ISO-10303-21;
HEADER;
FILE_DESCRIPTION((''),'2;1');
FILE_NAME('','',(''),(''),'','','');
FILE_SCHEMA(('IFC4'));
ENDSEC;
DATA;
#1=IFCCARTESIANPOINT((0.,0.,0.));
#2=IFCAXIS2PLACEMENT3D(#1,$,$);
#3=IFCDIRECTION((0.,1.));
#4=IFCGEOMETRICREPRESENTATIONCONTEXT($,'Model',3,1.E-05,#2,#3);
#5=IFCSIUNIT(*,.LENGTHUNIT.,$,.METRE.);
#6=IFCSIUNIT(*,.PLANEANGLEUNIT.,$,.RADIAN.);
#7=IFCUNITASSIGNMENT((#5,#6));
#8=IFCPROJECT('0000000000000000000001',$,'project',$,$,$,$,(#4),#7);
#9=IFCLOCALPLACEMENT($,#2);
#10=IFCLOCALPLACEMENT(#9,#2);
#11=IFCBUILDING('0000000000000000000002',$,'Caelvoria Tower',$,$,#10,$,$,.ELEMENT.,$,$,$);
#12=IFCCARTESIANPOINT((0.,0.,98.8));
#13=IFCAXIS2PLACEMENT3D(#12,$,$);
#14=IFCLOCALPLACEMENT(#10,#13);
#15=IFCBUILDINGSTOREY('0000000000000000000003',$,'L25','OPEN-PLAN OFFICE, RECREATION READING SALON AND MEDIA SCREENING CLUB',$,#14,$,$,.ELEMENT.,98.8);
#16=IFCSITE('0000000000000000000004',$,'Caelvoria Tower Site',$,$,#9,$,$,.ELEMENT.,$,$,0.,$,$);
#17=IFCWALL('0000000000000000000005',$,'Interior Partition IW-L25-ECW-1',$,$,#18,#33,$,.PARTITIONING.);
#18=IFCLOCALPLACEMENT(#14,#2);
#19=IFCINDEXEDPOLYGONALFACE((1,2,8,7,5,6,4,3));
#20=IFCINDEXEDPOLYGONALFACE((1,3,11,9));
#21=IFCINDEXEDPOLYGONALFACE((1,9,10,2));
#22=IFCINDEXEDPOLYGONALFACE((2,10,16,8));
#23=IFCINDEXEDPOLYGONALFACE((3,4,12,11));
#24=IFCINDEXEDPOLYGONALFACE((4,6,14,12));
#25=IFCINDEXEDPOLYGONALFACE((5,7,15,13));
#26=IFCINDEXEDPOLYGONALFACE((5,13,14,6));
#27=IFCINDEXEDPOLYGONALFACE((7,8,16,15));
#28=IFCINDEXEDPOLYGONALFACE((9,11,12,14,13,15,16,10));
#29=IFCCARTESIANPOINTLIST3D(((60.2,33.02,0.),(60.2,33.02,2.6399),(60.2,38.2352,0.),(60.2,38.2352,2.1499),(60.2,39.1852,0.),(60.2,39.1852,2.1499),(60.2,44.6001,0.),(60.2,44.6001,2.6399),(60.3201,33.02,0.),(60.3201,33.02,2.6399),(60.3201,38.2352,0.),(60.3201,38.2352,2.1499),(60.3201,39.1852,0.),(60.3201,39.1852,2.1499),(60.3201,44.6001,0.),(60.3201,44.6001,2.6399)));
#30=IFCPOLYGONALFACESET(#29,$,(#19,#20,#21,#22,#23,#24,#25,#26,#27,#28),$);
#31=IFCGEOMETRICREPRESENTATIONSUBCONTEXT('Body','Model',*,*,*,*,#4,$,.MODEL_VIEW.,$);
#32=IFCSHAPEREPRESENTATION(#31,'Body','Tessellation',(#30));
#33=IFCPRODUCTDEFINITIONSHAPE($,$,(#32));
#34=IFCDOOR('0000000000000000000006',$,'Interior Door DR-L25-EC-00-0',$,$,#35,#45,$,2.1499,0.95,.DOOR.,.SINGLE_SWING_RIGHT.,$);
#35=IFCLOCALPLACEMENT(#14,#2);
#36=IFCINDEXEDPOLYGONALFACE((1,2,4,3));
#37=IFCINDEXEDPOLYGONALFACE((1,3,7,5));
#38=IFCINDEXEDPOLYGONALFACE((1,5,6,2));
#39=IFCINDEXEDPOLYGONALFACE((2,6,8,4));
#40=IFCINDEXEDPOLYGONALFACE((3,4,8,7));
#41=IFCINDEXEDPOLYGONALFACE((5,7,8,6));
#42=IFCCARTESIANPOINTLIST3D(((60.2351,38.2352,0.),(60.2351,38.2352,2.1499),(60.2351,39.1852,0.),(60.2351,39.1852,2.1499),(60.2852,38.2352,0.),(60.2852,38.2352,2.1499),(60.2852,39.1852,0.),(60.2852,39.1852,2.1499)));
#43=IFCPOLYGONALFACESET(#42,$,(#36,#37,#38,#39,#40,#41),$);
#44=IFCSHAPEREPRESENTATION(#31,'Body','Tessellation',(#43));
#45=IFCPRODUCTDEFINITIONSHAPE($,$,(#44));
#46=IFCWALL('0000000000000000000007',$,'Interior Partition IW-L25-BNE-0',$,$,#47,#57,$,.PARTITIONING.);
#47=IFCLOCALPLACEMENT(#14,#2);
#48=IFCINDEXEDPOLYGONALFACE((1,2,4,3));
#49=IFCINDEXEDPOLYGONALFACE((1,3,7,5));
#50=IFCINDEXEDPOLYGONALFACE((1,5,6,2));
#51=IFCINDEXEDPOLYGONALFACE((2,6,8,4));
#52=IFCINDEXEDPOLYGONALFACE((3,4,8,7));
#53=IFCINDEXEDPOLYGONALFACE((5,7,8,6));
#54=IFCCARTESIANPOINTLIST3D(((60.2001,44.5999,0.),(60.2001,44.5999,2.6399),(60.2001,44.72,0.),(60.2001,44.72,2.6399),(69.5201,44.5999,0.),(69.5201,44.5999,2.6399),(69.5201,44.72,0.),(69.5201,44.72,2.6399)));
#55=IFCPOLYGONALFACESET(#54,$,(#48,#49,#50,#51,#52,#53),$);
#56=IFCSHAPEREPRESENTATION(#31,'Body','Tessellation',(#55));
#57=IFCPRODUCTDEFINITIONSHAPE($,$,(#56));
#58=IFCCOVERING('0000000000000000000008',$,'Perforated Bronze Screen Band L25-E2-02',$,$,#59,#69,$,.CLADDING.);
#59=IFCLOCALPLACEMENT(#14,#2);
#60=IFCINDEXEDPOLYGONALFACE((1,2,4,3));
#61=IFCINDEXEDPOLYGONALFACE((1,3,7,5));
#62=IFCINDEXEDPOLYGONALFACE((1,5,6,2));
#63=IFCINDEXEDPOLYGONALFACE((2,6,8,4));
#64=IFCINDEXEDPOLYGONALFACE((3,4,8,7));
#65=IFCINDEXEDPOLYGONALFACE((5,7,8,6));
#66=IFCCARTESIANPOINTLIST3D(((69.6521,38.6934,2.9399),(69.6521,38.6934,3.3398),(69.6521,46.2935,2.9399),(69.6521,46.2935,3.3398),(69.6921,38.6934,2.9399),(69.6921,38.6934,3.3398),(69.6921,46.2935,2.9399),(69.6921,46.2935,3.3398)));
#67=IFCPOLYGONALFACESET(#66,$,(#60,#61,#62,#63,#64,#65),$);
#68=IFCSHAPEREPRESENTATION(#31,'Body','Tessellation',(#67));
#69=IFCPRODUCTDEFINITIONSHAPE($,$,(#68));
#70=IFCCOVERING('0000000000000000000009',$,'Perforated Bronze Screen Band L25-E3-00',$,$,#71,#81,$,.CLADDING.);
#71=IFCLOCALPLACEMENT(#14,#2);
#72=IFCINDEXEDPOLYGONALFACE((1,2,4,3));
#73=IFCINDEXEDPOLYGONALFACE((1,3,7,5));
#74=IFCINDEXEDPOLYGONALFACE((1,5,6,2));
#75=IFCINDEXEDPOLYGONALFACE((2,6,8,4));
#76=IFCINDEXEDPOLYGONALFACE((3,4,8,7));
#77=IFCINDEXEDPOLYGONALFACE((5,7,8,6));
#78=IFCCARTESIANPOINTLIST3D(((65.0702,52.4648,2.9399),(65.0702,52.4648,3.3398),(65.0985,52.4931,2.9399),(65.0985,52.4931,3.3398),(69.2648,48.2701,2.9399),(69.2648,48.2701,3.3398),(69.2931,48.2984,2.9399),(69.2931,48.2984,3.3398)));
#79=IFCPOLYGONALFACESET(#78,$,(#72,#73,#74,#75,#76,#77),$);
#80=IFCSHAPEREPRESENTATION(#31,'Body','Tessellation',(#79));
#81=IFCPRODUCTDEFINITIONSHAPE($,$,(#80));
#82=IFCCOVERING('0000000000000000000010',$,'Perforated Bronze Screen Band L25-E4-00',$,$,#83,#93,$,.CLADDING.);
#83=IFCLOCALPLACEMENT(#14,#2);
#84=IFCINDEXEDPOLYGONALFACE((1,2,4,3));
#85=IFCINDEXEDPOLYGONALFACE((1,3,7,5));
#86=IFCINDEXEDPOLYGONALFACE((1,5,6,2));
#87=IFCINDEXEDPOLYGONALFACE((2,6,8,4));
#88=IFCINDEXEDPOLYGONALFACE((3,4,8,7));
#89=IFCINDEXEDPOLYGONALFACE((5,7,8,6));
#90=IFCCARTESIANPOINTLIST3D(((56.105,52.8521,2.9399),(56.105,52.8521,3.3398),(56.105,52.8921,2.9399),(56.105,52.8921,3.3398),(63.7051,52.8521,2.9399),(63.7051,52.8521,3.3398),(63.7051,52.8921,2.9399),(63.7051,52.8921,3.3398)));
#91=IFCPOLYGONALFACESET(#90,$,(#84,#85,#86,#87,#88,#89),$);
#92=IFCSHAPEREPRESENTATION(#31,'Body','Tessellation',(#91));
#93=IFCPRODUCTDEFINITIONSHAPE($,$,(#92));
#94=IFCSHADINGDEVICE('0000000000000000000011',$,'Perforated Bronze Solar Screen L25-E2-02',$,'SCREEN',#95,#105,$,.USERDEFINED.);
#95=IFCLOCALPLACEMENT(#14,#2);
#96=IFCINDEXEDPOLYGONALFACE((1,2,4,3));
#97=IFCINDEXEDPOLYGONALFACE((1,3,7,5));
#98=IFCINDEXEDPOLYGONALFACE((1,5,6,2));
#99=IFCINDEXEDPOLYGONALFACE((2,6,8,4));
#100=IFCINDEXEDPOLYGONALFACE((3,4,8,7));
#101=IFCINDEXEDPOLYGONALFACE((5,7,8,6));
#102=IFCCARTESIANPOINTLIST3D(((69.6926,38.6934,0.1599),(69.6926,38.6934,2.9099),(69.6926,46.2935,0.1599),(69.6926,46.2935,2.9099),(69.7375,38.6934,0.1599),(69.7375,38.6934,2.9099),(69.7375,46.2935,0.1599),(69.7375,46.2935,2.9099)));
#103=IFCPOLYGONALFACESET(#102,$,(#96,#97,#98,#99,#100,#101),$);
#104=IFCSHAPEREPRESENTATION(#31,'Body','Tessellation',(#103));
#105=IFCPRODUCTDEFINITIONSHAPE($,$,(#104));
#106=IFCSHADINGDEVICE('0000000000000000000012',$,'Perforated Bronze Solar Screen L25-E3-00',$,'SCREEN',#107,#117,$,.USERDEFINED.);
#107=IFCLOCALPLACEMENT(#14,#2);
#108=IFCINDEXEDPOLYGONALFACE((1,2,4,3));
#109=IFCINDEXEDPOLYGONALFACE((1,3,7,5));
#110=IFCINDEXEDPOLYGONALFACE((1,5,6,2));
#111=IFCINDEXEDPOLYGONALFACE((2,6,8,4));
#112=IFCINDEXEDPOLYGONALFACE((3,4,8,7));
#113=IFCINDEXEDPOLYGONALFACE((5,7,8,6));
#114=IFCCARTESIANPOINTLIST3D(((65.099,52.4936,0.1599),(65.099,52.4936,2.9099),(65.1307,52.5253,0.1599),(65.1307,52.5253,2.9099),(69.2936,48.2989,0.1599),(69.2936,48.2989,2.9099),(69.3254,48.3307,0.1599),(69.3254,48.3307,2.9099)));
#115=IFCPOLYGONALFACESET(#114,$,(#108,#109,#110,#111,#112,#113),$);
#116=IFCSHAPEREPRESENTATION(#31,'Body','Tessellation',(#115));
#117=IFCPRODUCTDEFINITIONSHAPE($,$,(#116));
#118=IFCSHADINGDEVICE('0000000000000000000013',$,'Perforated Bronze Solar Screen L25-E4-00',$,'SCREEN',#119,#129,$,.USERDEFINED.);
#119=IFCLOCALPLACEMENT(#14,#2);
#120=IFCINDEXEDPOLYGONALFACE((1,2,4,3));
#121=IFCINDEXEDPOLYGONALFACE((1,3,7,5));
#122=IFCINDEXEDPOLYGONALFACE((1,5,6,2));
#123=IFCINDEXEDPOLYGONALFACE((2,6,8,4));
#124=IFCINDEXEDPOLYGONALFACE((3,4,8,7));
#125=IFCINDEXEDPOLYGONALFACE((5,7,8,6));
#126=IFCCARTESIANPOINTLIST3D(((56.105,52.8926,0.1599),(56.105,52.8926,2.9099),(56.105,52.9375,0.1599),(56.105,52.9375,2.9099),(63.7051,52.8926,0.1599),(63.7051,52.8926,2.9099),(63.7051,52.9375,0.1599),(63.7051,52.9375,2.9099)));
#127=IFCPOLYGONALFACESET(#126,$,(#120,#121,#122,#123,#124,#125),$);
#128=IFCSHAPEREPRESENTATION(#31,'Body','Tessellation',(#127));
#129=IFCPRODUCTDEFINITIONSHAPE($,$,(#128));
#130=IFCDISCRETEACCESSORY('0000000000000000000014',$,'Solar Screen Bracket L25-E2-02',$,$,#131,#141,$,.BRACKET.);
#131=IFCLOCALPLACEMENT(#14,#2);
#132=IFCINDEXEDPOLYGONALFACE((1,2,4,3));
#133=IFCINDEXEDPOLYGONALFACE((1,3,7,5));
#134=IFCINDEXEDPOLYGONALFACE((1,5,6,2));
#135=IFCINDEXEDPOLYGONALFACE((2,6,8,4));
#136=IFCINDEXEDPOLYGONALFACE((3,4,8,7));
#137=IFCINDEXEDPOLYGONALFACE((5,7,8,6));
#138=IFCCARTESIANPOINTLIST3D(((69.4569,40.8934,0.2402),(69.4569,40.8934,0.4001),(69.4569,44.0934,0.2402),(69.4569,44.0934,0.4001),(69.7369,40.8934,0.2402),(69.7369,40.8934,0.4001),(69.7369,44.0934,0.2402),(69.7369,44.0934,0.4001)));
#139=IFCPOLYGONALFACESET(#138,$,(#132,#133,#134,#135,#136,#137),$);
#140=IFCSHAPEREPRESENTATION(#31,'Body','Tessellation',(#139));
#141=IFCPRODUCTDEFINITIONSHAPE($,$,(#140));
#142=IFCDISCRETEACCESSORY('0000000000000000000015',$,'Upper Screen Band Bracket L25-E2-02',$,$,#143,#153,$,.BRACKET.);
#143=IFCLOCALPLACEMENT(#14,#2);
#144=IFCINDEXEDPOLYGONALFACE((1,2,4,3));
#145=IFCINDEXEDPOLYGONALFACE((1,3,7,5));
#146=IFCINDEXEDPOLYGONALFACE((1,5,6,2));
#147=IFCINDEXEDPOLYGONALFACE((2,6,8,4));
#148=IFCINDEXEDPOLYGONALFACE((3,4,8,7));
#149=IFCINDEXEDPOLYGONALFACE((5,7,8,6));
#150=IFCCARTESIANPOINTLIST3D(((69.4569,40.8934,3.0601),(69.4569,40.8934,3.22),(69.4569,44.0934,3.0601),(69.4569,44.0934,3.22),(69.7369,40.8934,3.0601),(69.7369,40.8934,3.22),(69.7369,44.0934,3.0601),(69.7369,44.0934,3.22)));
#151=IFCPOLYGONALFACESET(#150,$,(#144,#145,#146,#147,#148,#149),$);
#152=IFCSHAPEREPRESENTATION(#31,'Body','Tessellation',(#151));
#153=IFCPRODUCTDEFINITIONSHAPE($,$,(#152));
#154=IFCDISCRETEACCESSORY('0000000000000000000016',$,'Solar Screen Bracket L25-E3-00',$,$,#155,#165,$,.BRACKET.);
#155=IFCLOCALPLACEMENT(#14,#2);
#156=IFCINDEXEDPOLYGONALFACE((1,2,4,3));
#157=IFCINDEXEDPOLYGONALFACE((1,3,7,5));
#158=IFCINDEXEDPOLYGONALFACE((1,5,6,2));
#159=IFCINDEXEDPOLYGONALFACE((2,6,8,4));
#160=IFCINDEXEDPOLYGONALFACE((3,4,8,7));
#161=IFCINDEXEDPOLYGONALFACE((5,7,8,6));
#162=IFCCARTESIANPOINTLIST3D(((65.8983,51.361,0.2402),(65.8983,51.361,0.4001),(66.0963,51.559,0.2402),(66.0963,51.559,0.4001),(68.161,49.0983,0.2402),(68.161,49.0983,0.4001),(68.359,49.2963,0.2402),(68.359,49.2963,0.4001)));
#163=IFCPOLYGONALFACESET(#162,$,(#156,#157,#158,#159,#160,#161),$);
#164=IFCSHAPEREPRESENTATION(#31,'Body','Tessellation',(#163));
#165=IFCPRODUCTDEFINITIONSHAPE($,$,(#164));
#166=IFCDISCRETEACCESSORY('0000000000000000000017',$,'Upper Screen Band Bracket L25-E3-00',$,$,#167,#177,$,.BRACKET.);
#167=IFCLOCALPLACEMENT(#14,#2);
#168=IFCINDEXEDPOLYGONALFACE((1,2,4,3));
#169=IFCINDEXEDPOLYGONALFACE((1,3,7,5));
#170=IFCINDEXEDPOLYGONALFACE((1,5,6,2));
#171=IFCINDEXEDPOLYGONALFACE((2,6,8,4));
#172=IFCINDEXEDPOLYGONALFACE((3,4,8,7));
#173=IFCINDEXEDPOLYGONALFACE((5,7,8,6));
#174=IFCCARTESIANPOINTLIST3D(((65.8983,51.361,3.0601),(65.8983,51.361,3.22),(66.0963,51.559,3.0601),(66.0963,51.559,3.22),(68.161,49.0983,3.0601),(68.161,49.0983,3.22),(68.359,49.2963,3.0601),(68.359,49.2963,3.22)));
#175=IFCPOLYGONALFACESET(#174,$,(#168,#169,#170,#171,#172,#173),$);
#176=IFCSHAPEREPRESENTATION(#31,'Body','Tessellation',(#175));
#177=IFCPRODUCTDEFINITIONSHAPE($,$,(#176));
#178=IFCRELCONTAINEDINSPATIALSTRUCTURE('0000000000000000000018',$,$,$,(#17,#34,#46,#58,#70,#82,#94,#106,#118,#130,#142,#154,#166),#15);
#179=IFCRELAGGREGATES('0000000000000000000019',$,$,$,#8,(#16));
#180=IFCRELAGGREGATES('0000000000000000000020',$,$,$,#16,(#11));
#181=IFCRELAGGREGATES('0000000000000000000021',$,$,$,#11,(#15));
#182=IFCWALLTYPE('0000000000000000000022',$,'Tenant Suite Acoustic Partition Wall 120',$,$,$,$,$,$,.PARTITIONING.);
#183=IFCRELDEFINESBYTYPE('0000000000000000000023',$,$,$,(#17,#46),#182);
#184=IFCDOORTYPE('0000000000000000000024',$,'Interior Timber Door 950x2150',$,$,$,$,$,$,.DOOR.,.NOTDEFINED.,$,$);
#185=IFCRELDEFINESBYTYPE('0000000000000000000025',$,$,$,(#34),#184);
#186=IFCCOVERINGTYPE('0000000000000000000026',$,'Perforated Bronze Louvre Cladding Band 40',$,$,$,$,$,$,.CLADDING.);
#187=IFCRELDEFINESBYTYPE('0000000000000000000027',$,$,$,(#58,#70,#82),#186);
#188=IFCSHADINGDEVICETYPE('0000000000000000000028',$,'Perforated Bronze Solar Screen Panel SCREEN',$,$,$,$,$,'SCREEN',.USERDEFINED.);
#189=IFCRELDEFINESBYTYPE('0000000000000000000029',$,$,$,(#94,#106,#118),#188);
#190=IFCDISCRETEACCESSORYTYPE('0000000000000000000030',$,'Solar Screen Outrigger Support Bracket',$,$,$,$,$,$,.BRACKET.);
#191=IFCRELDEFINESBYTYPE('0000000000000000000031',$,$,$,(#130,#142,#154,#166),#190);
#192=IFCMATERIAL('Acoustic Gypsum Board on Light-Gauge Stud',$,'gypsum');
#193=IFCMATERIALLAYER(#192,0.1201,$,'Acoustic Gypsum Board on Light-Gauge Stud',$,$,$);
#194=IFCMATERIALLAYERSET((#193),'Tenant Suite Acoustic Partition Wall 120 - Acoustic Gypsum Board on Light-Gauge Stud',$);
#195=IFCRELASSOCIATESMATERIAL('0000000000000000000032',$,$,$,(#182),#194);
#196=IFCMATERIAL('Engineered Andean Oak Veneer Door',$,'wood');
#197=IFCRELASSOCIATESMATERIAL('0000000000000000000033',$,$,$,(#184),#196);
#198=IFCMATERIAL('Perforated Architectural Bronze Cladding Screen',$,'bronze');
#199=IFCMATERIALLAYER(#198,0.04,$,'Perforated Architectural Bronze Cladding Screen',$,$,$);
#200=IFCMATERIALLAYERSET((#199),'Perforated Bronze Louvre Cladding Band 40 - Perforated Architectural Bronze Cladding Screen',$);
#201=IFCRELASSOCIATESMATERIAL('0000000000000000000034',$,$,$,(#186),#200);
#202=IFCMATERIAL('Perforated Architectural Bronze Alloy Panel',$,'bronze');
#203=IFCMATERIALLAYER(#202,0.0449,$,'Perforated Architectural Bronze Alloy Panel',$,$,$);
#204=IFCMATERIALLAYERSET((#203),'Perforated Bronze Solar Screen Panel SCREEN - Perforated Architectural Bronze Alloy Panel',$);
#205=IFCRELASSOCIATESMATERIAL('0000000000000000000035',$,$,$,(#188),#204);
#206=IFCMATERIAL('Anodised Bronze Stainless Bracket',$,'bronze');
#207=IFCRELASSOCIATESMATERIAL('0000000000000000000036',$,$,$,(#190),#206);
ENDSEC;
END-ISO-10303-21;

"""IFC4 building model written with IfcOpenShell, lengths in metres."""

from ifc_helpers import new_model, si_unit, direction, frame, frame_2d, origin, origin_2d, place, context, subcontext, project, spatial, rectangle, extrude, material, layer, layer_set, type_object, element, fill, save


model = new_model("IFC4")

# Units and contexts
model_context = context("Model", 3, precision=1e-05, world=origin(), true_north=direction((0.0, 1.0)))
body_context = subcontext(model_context, "Body", "Model", "MODEL_VIEW")
ifc_project = project(units=[si_unit("LENGTHUNIT", "METRE"), si_unit("PLANEANGLEUNIT", "RADIAN")], contexts=[model_context])

# Site, building, storey
site_placement = place(None, origin())
site = spatial("IfcSite", under=ifc_project, at=site_placement, Name="Caelvoria Tower Site", CompositionType="ELEMENT", RefElevation=0.0)
building_placement = place(site_placement, origin())
building = spatial("IfcBuilding", under=site, at=building_placement, Name="Caelvoria Tower", CompositionType="ELEMENT")
storey_placement = place(building_placement, frame((0.0, 0.0, 98.8)))
storey = spatial("IfcBuildingStorey", under=building, at=storey_placement, Name="L25", Description="OPEN-PLAN OFFICE, RECREATION READING SALON AND MEDIA SCREENING CLUB", CompositionType="ELEMENT", Elevation=98.8)

# Wall, opening, door
ifc_material_1 = material(Name="Acoustic Gypsum Board on Light-Gauge Stud", Category="gypsum")
ifc_layer_1 = layer(ifc_material_1, 0.1201, Name="Acoustic Gypsum Board on Light-Gauge Stud")
ifc_layer_set_1 = layer_set([ifc_layer_1], Name="Tenant Suite Acoustic Partition Wall 120 - Acoustic Gypsum Board on Light-Gauge Stud")
wall_type_1 = type_object("IfcWallType", Name="Tenant Suite Acoustic Partition Wall 120", PredefinedType="PARTITIONING", material=ifc_layer_set_1)
wall_1_placement = place(storey_placement, frame((60.26, 33.02, 0.0), z_axis=(0.0, 0.0, 1.0), x_axis=(0.0, 1.0, 0.0)))
wall_1 = element("IfcWall", 1, at=wall_1_placement, inside=storey, type_object=wall_type_1, Name="Interior Partition IW-L25-ECW-1", PredefinedType="PARTITIONING", context=body_context, shape_type="SweptSolid", body=[
    extrude(rectangle(XDim=11.5801, YDim=0.1201, at=frame_2d((5.79, 0.0))), origin(), (0.0, 0.0, 1.0), 2.6399),
])
opening_1_placement = place(wall_1_placement, frame((5.2151, 0.0, 0.0)))
opening_1 = element("IfcOpeningElement", 2, at=opening_1_placement, cuts=wall_1, PredefinedType="OPENING", context=body_context, shape_type="SweptSolid", body=[
    extrude(rectangle(XDim=0.95, YDim=2.1499, at=frame_2d((0.4751, 1.075))), frame((0.0, 0.0701, 0.0), z_axis=(0.0, -1.0, 0.0), x_axis=(1.0, 0.0, 0.0)), (0.0, 0.0, 1.0), 0.1401),
])
ifc_material_2 = material(Name="Engineered Andean Oak Veneer Door", Category="wood")
door_type = type_object("IfcDoorType", Name="Interior Timber Door 950x2150", OperationType="NOTDEFINED", PredefinedType="DOOR", material=ifc_material_2)
door_placement = place(opening_1_placement, origin())
door = element("IfcDoor", 3, at=door_placement, inside=storey, type_object=door_type, Name="Interior Door DR-L25-EC-00-0", OperationType="SINGLE_SWING_RIGHT", OverallHeight=2.1499, OverallWidth=0.95, PredefinedType="DOOR", context=body_context, shape_type="SweptSolid", body=[
    extrude(rectangle(XDim=0.95, YDim=2.1499, at=frame_2d((0.4751, 1.075))), frame((0.0, 0.0249, 0.0), z_axis=(0.0, -1.0, 0.0), x_axis=(1.0, 0.0, 0.0)), (0.0, 0.0, 1.0), 0.05),
])
fill(opening_1, door)

# Wall
wall_2_placement = place(storey_placement, frame((60.2, 44.6599, 0.0), z_axis=(0.0, 0.0, 1.0), x_axis=(1.0, 0.0, 0.0)))
element("IfcWall", 4, at=wall_2_placement, inside=storey, type_object=wall_type_1, Name="Interior Partition IW-L25-BNE-0", PredefinedType="PARTITIONING", context=body_context, shape_type="SweptSolid", body=[
    extrude(rectangle(XDim=9.3201, YDim=0.1201, at=frame_2d((4.6602, 0.0))), origin(), (0.0, 0.0, 1.0), 2.6399),
])

# Coverings
ifc_material_3 = material(Name="Perforated Architectural Bronze Cladding Screen", Category="bronze")
ifc_layer_2 = layer(ifc_material_3, 0.04, Name="Perforated Architectural Bronze Cladding Screen")
ifc_layer_set_2 = layer_set([ifc_layer_2], Name="Perforated Bronze Louvre Cladding Band 40 - Perforated Architectural Bronze Cladding Screen")
covering_type = type_object("IfcCoveringType", Name="Perforated Bronze Louvre Cladding Band 40", PredefinedType="CLADDING", material=ifc_layer_set_2)
covering_1_placement = place(storey_placement, frame((69.6721, 42.4934, 2.9399), z_axis=(0.0, 0.0, 1.0), x_axis=(0.0, 1.0, 0.0)))
element("IfcCovering", 5, at=covering_1_placement, inside=storey, type_object=covering_type, Name="Perforated Bronze Screen Band L25-E2-02", PredefinedType="CLADDING", context=body_context, shape_type="SweptSolid", body=[
    extrude(rectangle(XDim=7.6001, YDim=0.04, at=origin_2d()), origin(), (0.0, 0.0, 1.0), 0.3999),
])
covering_2_placement = place(storey_placement, frame((67.1816, 50.3816, 2.9399), z_axis=(0.0, 0.0, 1.0), x_axis=(-0.707107, 0.707107, 0.0)))
element("IfcCovering", 6, at=covering_2_placement, inside=storey, type_object=covering_type, Name="Perforated Bronze Screen Band L25-E3-00", PredefinedType="CLADDING", context=body_context, shape_type="SweptSolid", body=[
    extrude(rectangle(XDim=5.9321, YDim=0.04, at=origin_2d()), origin(), (0.0, 0.0, 1.0), 0.3999),
])
covering_3_placement = place(storey_placement, frame((59.905, 52.8721, 2.9399), z_axis=(0.0, 0.0, 1.0), x_axis=(-1.0, 0.0, 0.0)))
element("IfcCovering", 7, at=covering_3_placement, inside=storey, type_object=covering_type, Name="Perforated Bronze Screen Band L25-E4-00", PredefinedType="CLADDING", context=body_context, shape_type="SweptSolid", body=[
    extrude(rectangle(XDim=7.6001, YDim=0.04, at=origin_2d()), origin(), (0.0, 0.0, 1.0), 0.3999),
])

# Shading devices
ifc_material_4 = material(Name="Perforated Architectural Bronze Alloy Panel", Category="bronze")
ifc_layer_3 = layer(ifc_material_4, 0.0449, Name="Perforated Architectural Bronze Alloy Panel")
ifc_layer_set_3 = layer_set([ifc_layer_3], Name="Perforated Bronze Solar Screen Panel SCREEN - Perforated Architectural Bronze Alloy Panel")
shading_device_type = type_object("IfcShadingDeviceType", Name="Perforated Bronze Solar Screen Panel SCREEN", ElementType="SCREEN", PredefinedType="USERDEFINED", material=ifc_layer_set_3)
shading_device_1_placement = place(storey_placement, frame((69.7151, 42.4934, 0.1599), z_axis=(0.0, 0.0, 1.0), x_axis=(0.0, 1.0, 0.0)))
element("IfcShadingDevice", 8, at=shading_device_1_placement, inside=storey, type_object=shading_device_type, Name="Perforated Bronze Solar Screen L25-E2-02", ObjectType="SCREEN", PredefinedType="USERDEFINED", context=body_context, shape_type="SweptSolid", body=[
    extrude(rectangle(XDim=7.6001, YDim=0.0449, at=origin_2d()), origin(), (0.0, 0.0, 1.0), 2.75),
])
shading_device_2_placement = place(storey_placement, frame((67.2122, 50.4121, 0.1599), z_axis=(0.0, 0.0, 1.0), x_axis=(-0.707107, 0.707107, 0.0)))
element("IfcShadingDevice", 9, at=shading_device_2_placement, inside=storey, type_object=shading_device_type, Name="Perforated Bronze Solar Screen L25-E3-00", ObjectType="SCREEN", PredefinedType="USERDEFINED", context=body_context, shape_type="SweptSolid", body=[
    extrude(rectangle(XDim=5.9321, YDim=0.0449, at=origin_2d()), origin(), (0.0, 0.0, 1.0), 2.75),
])
shading_device_3_placement = place(storey_placement, frame((59.905, 52.915, 0.1599), z_axis=(0.0, 0.0, 1.0), x_axis=(-1.0, 0.0, 0.0)))
element("IfcShadingDevice", 10, at=shading_device_3_placement, inside=storey, type_object=shading_device_type, Name="Perforated Bronze Solar Screen L25-E4-00", ObjectType="SCREEN", PredefinedType="USERDEFINED", context=body_context, shape_type="SweptSolid", body=[
    extrude(rectangle(XDim=7.6001, YDim=0.0449, at=origin_2d()), origin(), (0.0, 0.0, 1.0), 2.75),
])

# Discrete accessories
ifc_material_5 = material(Name="Anodised Bronze Stainless Bracket", Category="bronze")
discrete_accessory_type = type_object("IfcDiscreteAccessoryType", Name="Solar Screen Outrigger Support Bracket", PredefinedType="BRACKET", material=ifc_material_5)
for number, where, z_axis, x_axis, name in (
    (11, (69.5969, 42.4934, 0.2402), (0.0, 0.0, 1.0), (0.0, 1.0, 0.0), "Solar Screen Bracket L25-E2-02"),
    (12, (69.5969, 42.4934, 3.0601), (0.0, 0.0, 1.0), (0.0, 1.0, 0.0), "Upper Screen Band Bracket L25-E2-02"),
    (13, (67.1287, 50.3286, 0.2402), (0.0, 0.0, 1.0), (-0.707107, 0.707107, 0.0), "Solar Screen Bracket L25-E3-00"),
    (14, (67.1287, 50.3286, 3.0601), (0.0, 0.0, 1.0), (-0.707107, 0.707107, 0.0), "Upper Screen Band Bracket L25-E3-00"),
):
    element("IfcDiscreteAccessory", number, at=place(storey_placement, frame(where, z_axis=z_axis, x_axis=x_axis)), inside=storey, type_object=discrete_accessory_type, Name=name, PredefinedType="BRACKET", context=body_context, shape_type="SweptSolid", body=[
        extrude(rectangle(XDim=3.2, YDim=0.28, at=origin_2d()), origin(), (0.0, 0.0, 1.0), 0.1599),
    ])

save(model, "model.ifc")
